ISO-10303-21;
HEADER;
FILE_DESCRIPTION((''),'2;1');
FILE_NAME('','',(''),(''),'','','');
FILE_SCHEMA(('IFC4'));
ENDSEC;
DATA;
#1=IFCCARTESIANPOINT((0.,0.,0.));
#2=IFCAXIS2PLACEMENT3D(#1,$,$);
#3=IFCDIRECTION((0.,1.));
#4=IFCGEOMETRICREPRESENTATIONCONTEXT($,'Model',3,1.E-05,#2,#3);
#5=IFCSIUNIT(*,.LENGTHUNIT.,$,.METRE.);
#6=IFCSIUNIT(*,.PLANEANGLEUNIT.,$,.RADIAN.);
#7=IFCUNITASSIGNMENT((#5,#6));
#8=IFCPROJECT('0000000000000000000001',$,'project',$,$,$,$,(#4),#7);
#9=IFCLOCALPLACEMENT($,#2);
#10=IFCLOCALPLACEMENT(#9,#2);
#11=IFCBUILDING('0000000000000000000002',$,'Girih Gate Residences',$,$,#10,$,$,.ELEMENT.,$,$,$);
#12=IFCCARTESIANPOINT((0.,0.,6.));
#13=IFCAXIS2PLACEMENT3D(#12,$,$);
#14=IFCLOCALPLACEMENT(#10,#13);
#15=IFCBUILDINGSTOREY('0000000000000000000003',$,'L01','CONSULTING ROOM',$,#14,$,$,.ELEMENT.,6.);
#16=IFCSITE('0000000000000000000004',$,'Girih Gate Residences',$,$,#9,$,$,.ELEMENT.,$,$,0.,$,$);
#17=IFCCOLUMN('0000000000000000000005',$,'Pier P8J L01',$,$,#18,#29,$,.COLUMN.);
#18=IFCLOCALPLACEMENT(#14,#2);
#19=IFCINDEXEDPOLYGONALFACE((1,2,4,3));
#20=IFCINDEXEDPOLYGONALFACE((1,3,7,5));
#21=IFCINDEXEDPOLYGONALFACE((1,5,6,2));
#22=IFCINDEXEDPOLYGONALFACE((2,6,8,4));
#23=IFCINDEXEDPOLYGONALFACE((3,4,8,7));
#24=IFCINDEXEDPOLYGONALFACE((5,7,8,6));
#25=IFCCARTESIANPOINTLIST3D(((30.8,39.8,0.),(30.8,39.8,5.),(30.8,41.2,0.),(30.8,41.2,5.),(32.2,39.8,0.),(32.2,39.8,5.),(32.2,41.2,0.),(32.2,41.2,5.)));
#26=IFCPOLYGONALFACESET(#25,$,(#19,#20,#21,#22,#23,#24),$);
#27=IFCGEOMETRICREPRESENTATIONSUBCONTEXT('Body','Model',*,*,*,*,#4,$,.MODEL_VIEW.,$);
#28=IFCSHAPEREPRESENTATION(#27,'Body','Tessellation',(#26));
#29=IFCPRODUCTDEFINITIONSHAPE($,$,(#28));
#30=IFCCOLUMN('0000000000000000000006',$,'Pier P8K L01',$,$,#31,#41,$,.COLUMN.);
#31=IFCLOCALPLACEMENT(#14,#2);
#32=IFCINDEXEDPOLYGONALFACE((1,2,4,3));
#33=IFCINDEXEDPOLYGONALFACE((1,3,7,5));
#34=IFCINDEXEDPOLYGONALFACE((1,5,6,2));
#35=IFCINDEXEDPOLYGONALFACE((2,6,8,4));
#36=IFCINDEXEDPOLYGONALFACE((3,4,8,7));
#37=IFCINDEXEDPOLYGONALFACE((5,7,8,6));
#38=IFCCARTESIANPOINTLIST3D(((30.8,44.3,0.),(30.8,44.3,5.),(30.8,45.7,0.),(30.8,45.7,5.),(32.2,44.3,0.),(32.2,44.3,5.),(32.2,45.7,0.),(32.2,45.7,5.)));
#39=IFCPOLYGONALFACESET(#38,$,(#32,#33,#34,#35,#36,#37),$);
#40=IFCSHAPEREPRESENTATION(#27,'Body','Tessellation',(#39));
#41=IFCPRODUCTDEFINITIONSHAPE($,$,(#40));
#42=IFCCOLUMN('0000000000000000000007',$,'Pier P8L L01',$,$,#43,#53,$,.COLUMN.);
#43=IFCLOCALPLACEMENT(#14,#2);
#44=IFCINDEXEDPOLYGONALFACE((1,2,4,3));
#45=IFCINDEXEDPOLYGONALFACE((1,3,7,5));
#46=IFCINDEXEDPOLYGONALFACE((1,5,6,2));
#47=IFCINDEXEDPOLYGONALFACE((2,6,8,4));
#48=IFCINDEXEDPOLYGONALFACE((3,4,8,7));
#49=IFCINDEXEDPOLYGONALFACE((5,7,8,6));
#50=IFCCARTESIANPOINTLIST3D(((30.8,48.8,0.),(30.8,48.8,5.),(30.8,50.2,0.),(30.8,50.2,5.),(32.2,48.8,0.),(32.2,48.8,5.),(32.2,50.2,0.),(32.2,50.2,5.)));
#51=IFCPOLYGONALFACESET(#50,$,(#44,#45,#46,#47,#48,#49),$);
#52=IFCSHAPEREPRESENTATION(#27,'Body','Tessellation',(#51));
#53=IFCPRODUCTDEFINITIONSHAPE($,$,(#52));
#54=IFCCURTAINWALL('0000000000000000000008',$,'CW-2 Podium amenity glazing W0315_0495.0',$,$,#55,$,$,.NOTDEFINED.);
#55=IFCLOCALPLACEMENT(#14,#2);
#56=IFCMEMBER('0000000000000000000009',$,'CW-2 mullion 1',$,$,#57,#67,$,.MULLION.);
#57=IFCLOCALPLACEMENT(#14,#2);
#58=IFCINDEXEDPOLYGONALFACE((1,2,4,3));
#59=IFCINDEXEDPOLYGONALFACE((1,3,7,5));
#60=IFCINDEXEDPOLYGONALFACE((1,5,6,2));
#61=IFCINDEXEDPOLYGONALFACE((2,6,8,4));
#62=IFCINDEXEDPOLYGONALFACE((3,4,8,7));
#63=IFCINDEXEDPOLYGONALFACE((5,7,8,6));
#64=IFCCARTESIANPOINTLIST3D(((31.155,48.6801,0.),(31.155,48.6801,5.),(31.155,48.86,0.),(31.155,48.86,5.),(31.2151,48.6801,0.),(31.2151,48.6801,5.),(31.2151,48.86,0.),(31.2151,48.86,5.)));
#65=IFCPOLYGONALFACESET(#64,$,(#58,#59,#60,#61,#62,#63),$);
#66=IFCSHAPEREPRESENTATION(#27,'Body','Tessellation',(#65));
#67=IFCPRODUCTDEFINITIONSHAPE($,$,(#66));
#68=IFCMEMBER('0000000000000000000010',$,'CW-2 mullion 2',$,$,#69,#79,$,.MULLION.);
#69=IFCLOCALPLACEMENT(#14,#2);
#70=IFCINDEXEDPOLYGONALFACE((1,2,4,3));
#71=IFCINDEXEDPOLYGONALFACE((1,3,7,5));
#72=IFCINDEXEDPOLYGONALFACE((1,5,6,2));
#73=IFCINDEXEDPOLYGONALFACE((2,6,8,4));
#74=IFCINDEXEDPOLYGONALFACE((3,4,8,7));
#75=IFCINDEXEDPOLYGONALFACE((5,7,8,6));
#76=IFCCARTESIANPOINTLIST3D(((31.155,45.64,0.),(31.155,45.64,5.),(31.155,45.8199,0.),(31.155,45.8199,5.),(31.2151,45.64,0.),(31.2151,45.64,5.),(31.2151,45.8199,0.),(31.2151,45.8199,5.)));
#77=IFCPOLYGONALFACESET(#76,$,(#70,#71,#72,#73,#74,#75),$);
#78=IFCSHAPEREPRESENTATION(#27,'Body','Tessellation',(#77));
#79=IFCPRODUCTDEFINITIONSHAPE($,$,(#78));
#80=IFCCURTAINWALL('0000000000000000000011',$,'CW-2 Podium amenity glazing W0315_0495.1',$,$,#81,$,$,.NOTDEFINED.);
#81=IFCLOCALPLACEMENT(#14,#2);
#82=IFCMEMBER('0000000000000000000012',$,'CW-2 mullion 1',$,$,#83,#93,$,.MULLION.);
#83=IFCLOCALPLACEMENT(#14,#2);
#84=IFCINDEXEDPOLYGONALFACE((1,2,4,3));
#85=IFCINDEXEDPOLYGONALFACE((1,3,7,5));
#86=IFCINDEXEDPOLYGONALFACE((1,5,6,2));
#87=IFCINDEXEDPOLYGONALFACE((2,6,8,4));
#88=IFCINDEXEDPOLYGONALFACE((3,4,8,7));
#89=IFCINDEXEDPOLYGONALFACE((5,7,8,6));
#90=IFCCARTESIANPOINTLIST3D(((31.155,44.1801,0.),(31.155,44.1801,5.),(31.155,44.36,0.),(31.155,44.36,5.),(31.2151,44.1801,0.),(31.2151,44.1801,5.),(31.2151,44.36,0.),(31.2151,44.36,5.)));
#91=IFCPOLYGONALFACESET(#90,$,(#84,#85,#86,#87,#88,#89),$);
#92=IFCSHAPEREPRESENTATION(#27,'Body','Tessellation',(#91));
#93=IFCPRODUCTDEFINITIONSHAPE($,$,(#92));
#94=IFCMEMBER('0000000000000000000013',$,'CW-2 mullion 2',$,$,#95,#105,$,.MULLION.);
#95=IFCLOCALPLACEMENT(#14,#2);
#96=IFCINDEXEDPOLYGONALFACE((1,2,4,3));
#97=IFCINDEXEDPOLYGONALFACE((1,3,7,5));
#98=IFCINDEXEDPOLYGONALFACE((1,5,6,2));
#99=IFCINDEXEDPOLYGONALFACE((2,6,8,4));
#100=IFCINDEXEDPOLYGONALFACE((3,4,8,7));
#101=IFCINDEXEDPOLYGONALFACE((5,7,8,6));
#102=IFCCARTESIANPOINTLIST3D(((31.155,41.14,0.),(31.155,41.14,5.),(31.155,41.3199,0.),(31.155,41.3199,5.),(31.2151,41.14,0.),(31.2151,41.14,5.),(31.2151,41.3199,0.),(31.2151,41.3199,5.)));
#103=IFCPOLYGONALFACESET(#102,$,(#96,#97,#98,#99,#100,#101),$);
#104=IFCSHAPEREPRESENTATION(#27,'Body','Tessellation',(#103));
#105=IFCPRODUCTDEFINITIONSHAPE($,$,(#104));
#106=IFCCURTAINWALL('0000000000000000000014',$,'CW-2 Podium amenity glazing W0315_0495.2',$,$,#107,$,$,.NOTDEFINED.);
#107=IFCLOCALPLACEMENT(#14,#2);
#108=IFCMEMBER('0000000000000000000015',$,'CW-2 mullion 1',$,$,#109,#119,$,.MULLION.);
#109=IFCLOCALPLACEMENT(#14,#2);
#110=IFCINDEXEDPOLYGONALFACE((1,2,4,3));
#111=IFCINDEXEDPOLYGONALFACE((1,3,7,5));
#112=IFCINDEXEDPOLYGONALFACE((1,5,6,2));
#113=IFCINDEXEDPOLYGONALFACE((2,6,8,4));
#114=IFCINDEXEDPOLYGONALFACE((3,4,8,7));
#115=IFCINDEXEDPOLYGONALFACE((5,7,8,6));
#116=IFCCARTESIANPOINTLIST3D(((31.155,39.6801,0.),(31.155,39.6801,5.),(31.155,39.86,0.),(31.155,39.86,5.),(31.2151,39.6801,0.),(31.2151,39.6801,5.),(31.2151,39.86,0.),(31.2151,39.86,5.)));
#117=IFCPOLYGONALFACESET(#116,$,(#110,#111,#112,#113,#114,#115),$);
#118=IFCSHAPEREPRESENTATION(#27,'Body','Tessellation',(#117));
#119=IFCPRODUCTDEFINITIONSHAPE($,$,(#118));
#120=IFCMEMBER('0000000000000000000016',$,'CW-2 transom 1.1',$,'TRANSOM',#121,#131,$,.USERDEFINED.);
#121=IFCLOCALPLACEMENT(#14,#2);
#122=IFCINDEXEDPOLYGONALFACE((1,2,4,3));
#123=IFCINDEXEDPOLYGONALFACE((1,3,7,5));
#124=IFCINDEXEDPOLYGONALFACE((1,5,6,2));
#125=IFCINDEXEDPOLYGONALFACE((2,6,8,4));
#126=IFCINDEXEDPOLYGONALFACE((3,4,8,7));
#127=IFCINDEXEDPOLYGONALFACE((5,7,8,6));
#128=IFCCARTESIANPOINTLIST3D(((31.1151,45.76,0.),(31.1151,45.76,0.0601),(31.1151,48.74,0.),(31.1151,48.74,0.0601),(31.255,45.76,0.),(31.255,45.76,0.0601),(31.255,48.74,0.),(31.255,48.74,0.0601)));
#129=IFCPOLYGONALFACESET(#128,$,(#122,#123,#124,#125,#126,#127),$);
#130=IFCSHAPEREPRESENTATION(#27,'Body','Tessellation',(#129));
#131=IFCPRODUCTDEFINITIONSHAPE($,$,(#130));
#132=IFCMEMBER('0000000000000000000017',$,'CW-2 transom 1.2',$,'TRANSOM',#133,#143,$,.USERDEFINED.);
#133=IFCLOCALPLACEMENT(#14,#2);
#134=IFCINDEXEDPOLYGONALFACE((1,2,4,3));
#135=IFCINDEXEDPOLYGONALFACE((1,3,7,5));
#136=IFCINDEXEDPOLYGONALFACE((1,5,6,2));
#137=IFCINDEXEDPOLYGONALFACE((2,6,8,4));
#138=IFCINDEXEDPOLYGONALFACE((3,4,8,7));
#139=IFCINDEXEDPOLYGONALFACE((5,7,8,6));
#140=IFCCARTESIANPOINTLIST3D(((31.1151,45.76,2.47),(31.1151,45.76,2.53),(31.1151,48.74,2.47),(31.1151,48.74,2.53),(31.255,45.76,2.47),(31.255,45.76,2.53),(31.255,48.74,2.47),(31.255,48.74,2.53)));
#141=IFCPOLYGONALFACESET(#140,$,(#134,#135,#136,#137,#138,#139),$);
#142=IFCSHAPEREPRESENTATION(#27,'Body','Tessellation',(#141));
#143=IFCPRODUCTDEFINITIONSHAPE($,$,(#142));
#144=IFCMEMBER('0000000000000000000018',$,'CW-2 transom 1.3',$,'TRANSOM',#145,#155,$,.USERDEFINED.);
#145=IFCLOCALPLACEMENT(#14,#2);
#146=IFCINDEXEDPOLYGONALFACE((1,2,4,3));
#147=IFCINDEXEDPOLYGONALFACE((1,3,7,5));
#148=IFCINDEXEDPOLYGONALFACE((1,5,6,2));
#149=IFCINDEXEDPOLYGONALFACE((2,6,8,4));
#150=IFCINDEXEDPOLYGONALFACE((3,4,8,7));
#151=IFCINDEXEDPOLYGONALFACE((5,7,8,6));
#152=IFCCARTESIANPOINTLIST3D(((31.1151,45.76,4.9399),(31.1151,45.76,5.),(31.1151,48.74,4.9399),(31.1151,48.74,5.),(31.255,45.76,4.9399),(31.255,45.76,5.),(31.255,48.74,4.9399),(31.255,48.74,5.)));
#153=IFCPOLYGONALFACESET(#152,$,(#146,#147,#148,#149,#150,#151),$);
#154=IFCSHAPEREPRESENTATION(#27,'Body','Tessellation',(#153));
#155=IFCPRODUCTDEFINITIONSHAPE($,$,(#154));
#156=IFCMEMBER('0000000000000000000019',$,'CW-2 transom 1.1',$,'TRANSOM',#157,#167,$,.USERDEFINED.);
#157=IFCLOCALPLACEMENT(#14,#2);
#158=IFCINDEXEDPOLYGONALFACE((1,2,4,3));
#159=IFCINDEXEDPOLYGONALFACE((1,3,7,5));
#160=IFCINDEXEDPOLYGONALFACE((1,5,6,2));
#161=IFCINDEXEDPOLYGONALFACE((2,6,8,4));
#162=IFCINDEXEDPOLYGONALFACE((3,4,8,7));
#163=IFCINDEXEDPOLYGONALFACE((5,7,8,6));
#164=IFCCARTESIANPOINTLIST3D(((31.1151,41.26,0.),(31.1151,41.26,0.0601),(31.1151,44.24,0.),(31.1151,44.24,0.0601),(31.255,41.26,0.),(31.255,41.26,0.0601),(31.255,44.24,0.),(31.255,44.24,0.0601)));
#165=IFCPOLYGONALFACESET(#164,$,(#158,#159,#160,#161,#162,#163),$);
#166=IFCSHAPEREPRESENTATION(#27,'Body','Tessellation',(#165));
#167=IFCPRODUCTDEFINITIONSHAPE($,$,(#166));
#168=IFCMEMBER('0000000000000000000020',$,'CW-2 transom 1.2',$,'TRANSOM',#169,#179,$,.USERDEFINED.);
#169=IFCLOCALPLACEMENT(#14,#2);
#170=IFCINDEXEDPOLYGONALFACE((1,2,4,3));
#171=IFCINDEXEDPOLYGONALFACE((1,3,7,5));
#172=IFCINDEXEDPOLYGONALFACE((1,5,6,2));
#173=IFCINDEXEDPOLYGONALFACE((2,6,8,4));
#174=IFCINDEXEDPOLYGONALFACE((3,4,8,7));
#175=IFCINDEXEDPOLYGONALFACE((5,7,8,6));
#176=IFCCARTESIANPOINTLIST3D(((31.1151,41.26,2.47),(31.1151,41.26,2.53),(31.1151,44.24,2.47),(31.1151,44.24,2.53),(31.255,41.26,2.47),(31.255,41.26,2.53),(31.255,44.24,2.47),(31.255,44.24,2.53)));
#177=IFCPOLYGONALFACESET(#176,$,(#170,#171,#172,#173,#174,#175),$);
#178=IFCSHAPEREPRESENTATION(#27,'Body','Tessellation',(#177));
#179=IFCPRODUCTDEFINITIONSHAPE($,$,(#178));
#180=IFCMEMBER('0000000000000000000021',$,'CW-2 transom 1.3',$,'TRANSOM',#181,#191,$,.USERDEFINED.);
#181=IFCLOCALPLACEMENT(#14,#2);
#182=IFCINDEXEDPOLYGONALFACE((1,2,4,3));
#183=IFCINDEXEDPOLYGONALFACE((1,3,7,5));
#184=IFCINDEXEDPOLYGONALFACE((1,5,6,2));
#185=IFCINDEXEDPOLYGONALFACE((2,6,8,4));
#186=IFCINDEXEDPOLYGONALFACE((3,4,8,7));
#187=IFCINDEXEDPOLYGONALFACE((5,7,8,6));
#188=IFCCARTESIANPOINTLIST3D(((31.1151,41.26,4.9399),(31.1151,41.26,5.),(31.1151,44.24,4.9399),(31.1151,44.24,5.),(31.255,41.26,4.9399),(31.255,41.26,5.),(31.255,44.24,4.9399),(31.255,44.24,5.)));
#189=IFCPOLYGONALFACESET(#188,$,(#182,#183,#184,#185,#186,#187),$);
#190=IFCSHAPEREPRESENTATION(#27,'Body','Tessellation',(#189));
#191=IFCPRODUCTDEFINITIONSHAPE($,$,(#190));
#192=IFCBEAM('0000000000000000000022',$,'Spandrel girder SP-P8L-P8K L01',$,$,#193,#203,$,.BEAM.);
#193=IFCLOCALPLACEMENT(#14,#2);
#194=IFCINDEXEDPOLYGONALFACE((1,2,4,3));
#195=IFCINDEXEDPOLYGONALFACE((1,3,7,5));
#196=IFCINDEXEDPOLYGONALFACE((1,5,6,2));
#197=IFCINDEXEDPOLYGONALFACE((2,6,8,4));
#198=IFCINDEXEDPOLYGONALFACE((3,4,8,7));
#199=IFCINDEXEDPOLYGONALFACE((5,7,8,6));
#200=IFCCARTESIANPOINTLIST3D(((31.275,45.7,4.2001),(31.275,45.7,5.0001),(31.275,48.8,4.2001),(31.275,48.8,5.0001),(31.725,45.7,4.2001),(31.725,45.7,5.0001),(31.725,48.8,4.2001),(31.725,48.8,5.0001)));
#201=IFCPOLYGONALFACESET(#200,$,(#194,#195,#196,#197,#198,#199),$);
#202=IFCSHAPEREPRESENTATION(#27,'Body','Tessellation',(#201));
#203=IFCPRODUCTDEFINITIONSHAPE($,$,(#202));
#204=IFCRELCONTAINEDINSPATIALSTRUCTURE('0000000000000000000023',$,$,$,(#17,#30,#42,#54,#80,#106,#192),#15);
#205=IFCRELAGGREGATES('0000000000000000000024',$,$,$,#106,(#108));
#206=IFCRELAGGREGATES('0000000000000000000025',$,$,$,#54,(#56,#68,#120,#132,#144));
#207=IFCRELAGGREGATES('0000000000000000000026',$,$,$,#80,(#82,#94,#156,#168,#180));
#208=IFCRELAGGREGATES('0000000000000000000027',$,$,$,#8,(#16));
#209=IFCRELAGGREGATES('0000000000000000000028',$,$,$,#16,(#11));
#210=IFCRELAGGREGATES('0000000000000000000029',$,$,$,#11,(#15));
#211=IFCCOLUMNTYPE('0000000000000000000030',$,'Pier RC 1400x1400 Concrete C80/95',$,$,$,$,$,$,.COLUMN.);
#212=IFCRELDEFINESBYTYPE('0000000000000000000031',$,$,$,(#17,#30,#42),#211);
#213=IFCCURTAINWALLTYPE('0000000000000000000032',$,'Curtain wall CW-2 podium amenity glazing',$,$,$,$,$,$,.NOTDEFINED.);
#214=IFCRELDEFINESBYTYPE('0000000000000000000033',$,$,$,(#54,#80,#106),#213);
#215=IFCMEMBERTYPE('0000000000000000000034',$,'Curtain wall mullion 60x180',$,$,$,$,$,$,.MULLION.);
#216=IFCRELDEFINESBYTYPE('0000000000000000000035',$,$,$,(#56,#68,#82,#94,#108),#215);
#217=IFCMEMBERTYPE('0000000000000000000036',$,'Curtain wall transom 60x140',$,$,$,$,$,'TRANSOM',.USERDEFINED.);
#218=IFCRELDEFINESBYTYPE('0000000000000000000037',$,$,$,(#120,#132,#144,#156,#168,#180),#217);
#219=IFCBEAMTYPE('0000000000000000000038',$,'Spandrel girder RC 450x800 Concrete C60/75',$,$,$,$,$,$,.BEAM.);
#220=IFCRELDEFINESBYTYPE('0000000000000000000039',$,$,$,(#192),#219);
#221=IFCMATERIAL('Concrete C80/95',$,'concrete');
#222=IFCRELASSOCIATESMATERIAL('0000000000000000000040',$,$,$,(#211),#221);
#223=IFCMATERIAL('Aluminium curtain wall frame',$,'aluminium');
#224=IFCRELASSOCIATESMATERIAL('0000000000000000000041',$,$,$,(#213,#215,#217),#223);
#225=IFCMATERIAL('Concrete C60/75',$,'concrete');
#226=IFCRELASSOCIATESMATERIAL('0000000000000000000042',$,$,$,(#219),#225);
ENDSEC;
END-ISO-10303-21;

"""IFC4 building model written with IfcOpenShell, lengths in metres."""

from ifc_helpers import new_model, si_unit, direction, frame, origin, origin_2d, place, context, subcontext, project, spatial, rectangle, extrude, material, material_profile, profile_set, type_object, element, aggregate, save


model = new_model("IFC4")

# Units and contexts
model_context = context("Model", 3, precision=1e-05, world=origin(), true_north=direction((0.0, 1.0)))
body_context = subcontext(model_context, "Body", "Model", "MODEL_VIEW")
ifc_project = project(units=[si_unit("LENGTHUNIT", "METRE"), si_unit("PLANEANGLEUNIT", "RADIAN")], contexts=[model_context])

# Site, building, storey
site_placement = place(None, origin())
site = spatial("IfcSite", under=ifc_project, at=site_placement, Name="Girih Gate Residences", CompositionType="ELEMENT", RefElevation=0.0)
building_placement = place(site_placement, origin())
building = spatial("IfcBuilding", under=site, at=building_placement, Name="Girih Gate Residences", CompositionType="ELEMENT")
storey_placement = place(building_placement, frame((0.0, 0.0, 6.0)))
storey = spatial("IfcBuildingStorey", under=building, at=storey_placement, Name="L01", Description="CONSULTING ROOM", CompositionType="ELEMENT", Elevation=6.0)

# Columns
ifc_material_1 = material(Name="Concrete C80/95", Category="concrete")
ifc_material_profile_1 = material_profile(ifc_material_1, rectangle(XDim=1.3999, YDim=1.3999, at=origin_2d()))
ifc_profile_set_1 = profile_set([ifc_material_profile_1], Name="Concrete C80/95")
column_type = type_object("IfcColumnType", Name="Pier RC 1400x1400 Concrete C80/95", PredefinedType="COLUMN", material=ifc_profile_set_1)
for number, where, z_axis, x_axis, name in (
    (1, (31.5, 40.5, 0.0), (0.0, 0.0, 1.0), (1.0, 0.0, 0.0), "Pier P8J L01"),
    (2, (31.5, 45.0, 0.0), (0.0, 0.0, 1.0), (1.0, 0.0, 0.0), "Pier P8K L01"),
    (3, (31.5, 49.5, 0.0), (0.0, 0.0, 1.0), (1.0, 0.0, 0.0), "Pier P8L L01"),
):
    element("IfcColumn", number, at=place(storey_placement, frame(where, z_axis=z_axis, x_axis=x_axis)), inside=storey, type_object=column_type, Name=name, PredefinedType="COLUMN", context=body_context, shape_type="SweptSolid", body=[
        extrude(rectangle(XDim=1.3999, YDim=1.3999, at=origin_2d()), origin(), (0.0, 0.0, 1.0), 5.0),
    ])

# Curtain walls, members
ifc_material_2 = material(Name="Aluminium curtain wall frame", Category="aluminium")
curtain_wall_type = type_object("IfcCurtainWallType", Name="Curtain wall CW-2 podium amenity glazing", PredefinedType="NOTDEFINED", material=ifc_material_2)
curtain_wall_1_placement = place(storey_placement, origin())
curtain_wall_1 = element("IfcCurtainWall", 4, at=curtain_wall_1_placement, inside=storey, type_object=curtain_wall_type, Name="CW-2 Podium amenity glazing W0315_0495.0", PredefinedType="NOTDEFINED")
ifc_material_profile_2 = material_profile(ifc_material_2, rectangle(XDim=0.0601, YDim=0.1799, at=origin_2d()))
ifc_profile_set_2 = profile_set([ifc_material_profile_2], Name="Aluminium curtain wall frame")
member_type_1 = type_object("IfcMemberType", Name="Curtain wall mullion 60x180", PredefinedType="MULLION", material=ifc_profile_set_2)
member_1_placement = place(storey_placement, frame((31.1851, 48.77, 0.0), z_axis=(0.0, 0.0, 1.0), x_axis=(1.0, 0.0, 0.0)))
member_1 = element("IfcMember", 5, at=member_1_placement, type_object=member_type_1, Name="CW-2 mullion 1", PredefinedType="MULLION", context=body_context, shape_type="SweptSolid", body=[
    extrude(rectangle(XDim=0.0601, YDim=0.1799, at=origin_2d()), origin(), (0.0, 0.0, 1.0), 5.0),
])
member_2_placement = place(storey_placement, frame((31.1851, 45.73, 0.0), z_axis=(0.0, 0.0, 1.0), x_axis=(1.0, 0.0, 0.0)))
member_2 = element("IfcMember", 6, at=member_2_placement, type_object=member_type_1, Name="CW-2 mullion 2", PredefinedType="MULLION", context=body_context, shape_type="SweptSolid", body=[
    extrude(rectangle(XDim=0.0601, YDim=0.1799, at=origin_2d()), origin(), (0.0, 0.0, 1.0), 5.0),
])
curtain_wall_2_placement = place(storey_placement, origin())
curtain_wall_2 = element("IfcCurtainWall", 7, at=curtain_wall_2_placement, inside=storey, type_object=curtain_wall_type, Name="CW-2 Podium amenity glazing W0315_0495.1", PredefinedType="NOTDEFINED")
member_3_placement = place(storey_placement, frame((31.1851, 44.27, 0.0), z_axis=(0.0, 0.0, 1.0), x_axis=(1.0, 0.0, 0.0)))
member_3 = element("IfcMember", 8, at=member_3_placement, type_object=member_type_1, Name="CW-2 mullion 1", PredefinedType="MULLION", context=body_context, shape_type="SweptSolid", body=[
    extrude(rectangle(XDim=0.0601, YDim=0.1799, at=origin_2d()), origin(), (0.0, 0.0, 1.0), 5.0),
])
member_4_placement = place(storey_placement, frame((31.1851, 41.23, 0.0), z_axis=(0.0, 0.0, 1.0), x_axis=(1.0, 0.0, 0.0)))
member_4 = element("IfcMember", 9, at=member_4_placement, type_object=member_type_1, Name="CW-2 mullion 2", PredefinedType="MULLION", context=body_context, shape_type="SweptSolid", body=[
    extrude(rectangle(XDim=0.0601, YDim=0.1799, at=origin_2d()), origin(), (0.0, 0.0, 1.0), 5.0),
])

# Curtain wall, member
curtain_wall_3_placement = place(storey_placement, origin())
curtain_wall_3 = element("IfcCurtainWall", 10, at=curtain_wall_3_placement, inside=storey, type_object=curtain_wall_type, Name="CW-2 Podium amenity glazing W0315_0495.2", PredefinedType="NOTDEFINED")
member_5_placement = place(storey_placement, frame((31.1851, 39.77, 0.0), z_axis=(0.0, 0.0, 1.0), x_axis=(1.0, 0.0, 0.0)))
member_5 = element("IfcMember", 11, at=member_5_placement, type_object=member_type_1, Name="CW-2 mullion 1", PredefinedType="MULLION", context=body_context, shape_type="SweptSolid", body=[
    extrude(rectangle(XDim=0.0601, YDim=0.1799, at=origin_2d()), origin(), (0.0, 0.0, 1.0), 5.0),
])
aggregate(curtain_wall_3, [member_5])

# Members
ifc_material_profile_3 = material_profile(ifc_material_2, rectangle(XDim=0.1399, YDim=0.0601, at=origin_2d()))
ifc_profile_set_3 = profile_set([ifc_material_profile_3], Name="Aluminium curtain wall frame")
member_type_2 = type_object("IfcMemberType", Name="Curtain wall transom 60x140", ElementType="TRANSOM", PredefinedType="USERDEFINED", material=ifc_profile_set_3)
member_6_placement = place(storey_placement, frame((31.1851, 48.74, 0.03), z_axis=(0.0, -1.0, 0.0), x_axis=(1.0, 0.0, 0.0)))
member_6 = element("IfcMember", 12, at=member_6_placement, type_object=member_type_2, Name="CW-2 transom 1.1", ObjectType="TRANSOM", PredefinedType="USERDEFINED", context=body_context, shape_type="SweptSolid", body=[
    extrude(rectangle(XDim=0.1399, YDim=0.0601, at=origin_2d()), origin(), (0.0, 0.0, 1.0), 2.98),
])
member_7_placement = place(storey_placement, frame((31.1851, 48.74, 2.5), z_axis=(0.0, -1.0, 0.0), x_axis=(1.0, 0.0, 0.0)))
member_7 = element("IfcMember", 13, at=member_7_placement, type_object=member_type_2, Name="CW-2 transom 1.2", ObjectType="TRANSOM", PredefinedType="USERDEFINED", context=body_context, shape_type="SweptSolid", body=[
    extrude(rectangle(XDim=0.1399, YDim=0.0601, at=origin_2d()), origin(), (0.0, 0.0, 1.0), 2.98),
])
member_8_placement = place(storey_placement, frame((31.1851, 48.74, 4.97), z_axis=(0.0, -1.0, 0.0), x_axis=(1.0, 0.0, 0.0)))
member_8 = element("IfcMember", 14, at=member_8_placement, type_object=member_type_2, Name="CW-2 transom 1.3", ObjectType="TRANSOM", PredefinedType="USERDEFINED", context=body_context, shape_type="SweptSolid", body=[
    extrude(rectangle(XDim=0.1399, YDim=0.0601, at=origin_2d()), origin(), (0.0, 0.0, 1.0), 2.98),
])
member_9_placement = place(storey_placement, frame((31.1851, 44.24, 0.03), z_axis=(0.0, -1.0, 0.0), x_axis=(1.0, 0.0, 0.0)))
member_9 = element("IfcMember", 15, at=member_9_placement, type_object=member_type_2, Name="CW-2 transom 1.1", ObjectType="TRANSOM", PredefinedType="USERDEFINED", context=body_context, shape_type="SweptSolid", body=[
    extrude(rectangle(XDim=0.1399, YDim=0.0601, at=origin_2d()), origin(), (0.0, 0.0, 1.0), 2.98),
])
member_10_placement = place(storey_placement, frame((31.1851, 44.24, 2.5), z_axis=(0.0, -1.0, 0.0), x_axis=(1.0, 0.0, 0.0)))
member_10 = element("IfcMember", 16, at=member_10_placement, type_object=member_type_2, Name="CW-2 transom 1.2", ObjectType="TRANSOM", PredefinedType="USERDEFINED", context=body_context, shape_type="SweptSolid", body=[
    extrude(rectangle(XDim=0.1399, YDim=0.0601, at=origin_2d()), origin(), (0.0, 0.0, 1.0), 2.98),
])
member_11_placement = place(storey_placement, frame((31.1851, 44.24, 4.97), z_axis=(0.0, -1.0, 0.0), x_axis=(1.0, 0.0, 0.0)))
member_11 = element("IfcMember", 17, at=member_11_placement, type_object=member_type_2, Name="CW-2 transom 1.3", ObjectType="TRANSOM", PredefinedType="USERDEFINED", context=body_context, shape_type="SweptSolid", body=[
    extrude(rectangle(XDim=0.1399, YDim=0.0601, at=origin_2d()), origin(), (0.0, 0.0, 1.0), 2.98),
])

# Beam
ifc_material_3 = material(Name="Concrete C60/75", Category="concrete")
ifc_material_profile_4 = material_profile(ifc_material_3, rectangle(XDim=0.45, YDim=0.8, at=origin_2d()))
ifc_profile_set_4 = profile_set([ifc_material_profile_4], Name="Concrete C60/75")
beam_type = type_object("IfcBeamType", Name="Spandrel girder RC 450x800 Concrete C60/75", PredefinedType="BEAM", material=ifc_profile_set_4)
for number, where, z_axis, x_axis, name in (
    (18, (31.5, 48.8, 4.6001), (0.0, -1.0, 0.0), (1.0, 0.0, 0.0), "Spandrel girder SP-P8L-P8K L01"),
):
    element("IfcBeam", number, at=place(storey_placement, frame(where, z_axis=z_axis, x_axis=x_axis)), inside=storey, type_object=beam_type, Name=name, PredefinedType="BEAM", context=body_context, shape_type="SweptSolid", body=[
        extrude(rectangle(XDim=0.45, YDim=0.8, at=origin_2d()), origin(), (0.0, 0.0, 1.0), 3.1001),
    ])

aggregate(curtain_wall_1, [member_1, member_2, member_6, member_7, member_8])
aggregate(curtain_wall_2, [member_3, member_4, member_9, member_10, member_11])

save(model, "model.ifc")
